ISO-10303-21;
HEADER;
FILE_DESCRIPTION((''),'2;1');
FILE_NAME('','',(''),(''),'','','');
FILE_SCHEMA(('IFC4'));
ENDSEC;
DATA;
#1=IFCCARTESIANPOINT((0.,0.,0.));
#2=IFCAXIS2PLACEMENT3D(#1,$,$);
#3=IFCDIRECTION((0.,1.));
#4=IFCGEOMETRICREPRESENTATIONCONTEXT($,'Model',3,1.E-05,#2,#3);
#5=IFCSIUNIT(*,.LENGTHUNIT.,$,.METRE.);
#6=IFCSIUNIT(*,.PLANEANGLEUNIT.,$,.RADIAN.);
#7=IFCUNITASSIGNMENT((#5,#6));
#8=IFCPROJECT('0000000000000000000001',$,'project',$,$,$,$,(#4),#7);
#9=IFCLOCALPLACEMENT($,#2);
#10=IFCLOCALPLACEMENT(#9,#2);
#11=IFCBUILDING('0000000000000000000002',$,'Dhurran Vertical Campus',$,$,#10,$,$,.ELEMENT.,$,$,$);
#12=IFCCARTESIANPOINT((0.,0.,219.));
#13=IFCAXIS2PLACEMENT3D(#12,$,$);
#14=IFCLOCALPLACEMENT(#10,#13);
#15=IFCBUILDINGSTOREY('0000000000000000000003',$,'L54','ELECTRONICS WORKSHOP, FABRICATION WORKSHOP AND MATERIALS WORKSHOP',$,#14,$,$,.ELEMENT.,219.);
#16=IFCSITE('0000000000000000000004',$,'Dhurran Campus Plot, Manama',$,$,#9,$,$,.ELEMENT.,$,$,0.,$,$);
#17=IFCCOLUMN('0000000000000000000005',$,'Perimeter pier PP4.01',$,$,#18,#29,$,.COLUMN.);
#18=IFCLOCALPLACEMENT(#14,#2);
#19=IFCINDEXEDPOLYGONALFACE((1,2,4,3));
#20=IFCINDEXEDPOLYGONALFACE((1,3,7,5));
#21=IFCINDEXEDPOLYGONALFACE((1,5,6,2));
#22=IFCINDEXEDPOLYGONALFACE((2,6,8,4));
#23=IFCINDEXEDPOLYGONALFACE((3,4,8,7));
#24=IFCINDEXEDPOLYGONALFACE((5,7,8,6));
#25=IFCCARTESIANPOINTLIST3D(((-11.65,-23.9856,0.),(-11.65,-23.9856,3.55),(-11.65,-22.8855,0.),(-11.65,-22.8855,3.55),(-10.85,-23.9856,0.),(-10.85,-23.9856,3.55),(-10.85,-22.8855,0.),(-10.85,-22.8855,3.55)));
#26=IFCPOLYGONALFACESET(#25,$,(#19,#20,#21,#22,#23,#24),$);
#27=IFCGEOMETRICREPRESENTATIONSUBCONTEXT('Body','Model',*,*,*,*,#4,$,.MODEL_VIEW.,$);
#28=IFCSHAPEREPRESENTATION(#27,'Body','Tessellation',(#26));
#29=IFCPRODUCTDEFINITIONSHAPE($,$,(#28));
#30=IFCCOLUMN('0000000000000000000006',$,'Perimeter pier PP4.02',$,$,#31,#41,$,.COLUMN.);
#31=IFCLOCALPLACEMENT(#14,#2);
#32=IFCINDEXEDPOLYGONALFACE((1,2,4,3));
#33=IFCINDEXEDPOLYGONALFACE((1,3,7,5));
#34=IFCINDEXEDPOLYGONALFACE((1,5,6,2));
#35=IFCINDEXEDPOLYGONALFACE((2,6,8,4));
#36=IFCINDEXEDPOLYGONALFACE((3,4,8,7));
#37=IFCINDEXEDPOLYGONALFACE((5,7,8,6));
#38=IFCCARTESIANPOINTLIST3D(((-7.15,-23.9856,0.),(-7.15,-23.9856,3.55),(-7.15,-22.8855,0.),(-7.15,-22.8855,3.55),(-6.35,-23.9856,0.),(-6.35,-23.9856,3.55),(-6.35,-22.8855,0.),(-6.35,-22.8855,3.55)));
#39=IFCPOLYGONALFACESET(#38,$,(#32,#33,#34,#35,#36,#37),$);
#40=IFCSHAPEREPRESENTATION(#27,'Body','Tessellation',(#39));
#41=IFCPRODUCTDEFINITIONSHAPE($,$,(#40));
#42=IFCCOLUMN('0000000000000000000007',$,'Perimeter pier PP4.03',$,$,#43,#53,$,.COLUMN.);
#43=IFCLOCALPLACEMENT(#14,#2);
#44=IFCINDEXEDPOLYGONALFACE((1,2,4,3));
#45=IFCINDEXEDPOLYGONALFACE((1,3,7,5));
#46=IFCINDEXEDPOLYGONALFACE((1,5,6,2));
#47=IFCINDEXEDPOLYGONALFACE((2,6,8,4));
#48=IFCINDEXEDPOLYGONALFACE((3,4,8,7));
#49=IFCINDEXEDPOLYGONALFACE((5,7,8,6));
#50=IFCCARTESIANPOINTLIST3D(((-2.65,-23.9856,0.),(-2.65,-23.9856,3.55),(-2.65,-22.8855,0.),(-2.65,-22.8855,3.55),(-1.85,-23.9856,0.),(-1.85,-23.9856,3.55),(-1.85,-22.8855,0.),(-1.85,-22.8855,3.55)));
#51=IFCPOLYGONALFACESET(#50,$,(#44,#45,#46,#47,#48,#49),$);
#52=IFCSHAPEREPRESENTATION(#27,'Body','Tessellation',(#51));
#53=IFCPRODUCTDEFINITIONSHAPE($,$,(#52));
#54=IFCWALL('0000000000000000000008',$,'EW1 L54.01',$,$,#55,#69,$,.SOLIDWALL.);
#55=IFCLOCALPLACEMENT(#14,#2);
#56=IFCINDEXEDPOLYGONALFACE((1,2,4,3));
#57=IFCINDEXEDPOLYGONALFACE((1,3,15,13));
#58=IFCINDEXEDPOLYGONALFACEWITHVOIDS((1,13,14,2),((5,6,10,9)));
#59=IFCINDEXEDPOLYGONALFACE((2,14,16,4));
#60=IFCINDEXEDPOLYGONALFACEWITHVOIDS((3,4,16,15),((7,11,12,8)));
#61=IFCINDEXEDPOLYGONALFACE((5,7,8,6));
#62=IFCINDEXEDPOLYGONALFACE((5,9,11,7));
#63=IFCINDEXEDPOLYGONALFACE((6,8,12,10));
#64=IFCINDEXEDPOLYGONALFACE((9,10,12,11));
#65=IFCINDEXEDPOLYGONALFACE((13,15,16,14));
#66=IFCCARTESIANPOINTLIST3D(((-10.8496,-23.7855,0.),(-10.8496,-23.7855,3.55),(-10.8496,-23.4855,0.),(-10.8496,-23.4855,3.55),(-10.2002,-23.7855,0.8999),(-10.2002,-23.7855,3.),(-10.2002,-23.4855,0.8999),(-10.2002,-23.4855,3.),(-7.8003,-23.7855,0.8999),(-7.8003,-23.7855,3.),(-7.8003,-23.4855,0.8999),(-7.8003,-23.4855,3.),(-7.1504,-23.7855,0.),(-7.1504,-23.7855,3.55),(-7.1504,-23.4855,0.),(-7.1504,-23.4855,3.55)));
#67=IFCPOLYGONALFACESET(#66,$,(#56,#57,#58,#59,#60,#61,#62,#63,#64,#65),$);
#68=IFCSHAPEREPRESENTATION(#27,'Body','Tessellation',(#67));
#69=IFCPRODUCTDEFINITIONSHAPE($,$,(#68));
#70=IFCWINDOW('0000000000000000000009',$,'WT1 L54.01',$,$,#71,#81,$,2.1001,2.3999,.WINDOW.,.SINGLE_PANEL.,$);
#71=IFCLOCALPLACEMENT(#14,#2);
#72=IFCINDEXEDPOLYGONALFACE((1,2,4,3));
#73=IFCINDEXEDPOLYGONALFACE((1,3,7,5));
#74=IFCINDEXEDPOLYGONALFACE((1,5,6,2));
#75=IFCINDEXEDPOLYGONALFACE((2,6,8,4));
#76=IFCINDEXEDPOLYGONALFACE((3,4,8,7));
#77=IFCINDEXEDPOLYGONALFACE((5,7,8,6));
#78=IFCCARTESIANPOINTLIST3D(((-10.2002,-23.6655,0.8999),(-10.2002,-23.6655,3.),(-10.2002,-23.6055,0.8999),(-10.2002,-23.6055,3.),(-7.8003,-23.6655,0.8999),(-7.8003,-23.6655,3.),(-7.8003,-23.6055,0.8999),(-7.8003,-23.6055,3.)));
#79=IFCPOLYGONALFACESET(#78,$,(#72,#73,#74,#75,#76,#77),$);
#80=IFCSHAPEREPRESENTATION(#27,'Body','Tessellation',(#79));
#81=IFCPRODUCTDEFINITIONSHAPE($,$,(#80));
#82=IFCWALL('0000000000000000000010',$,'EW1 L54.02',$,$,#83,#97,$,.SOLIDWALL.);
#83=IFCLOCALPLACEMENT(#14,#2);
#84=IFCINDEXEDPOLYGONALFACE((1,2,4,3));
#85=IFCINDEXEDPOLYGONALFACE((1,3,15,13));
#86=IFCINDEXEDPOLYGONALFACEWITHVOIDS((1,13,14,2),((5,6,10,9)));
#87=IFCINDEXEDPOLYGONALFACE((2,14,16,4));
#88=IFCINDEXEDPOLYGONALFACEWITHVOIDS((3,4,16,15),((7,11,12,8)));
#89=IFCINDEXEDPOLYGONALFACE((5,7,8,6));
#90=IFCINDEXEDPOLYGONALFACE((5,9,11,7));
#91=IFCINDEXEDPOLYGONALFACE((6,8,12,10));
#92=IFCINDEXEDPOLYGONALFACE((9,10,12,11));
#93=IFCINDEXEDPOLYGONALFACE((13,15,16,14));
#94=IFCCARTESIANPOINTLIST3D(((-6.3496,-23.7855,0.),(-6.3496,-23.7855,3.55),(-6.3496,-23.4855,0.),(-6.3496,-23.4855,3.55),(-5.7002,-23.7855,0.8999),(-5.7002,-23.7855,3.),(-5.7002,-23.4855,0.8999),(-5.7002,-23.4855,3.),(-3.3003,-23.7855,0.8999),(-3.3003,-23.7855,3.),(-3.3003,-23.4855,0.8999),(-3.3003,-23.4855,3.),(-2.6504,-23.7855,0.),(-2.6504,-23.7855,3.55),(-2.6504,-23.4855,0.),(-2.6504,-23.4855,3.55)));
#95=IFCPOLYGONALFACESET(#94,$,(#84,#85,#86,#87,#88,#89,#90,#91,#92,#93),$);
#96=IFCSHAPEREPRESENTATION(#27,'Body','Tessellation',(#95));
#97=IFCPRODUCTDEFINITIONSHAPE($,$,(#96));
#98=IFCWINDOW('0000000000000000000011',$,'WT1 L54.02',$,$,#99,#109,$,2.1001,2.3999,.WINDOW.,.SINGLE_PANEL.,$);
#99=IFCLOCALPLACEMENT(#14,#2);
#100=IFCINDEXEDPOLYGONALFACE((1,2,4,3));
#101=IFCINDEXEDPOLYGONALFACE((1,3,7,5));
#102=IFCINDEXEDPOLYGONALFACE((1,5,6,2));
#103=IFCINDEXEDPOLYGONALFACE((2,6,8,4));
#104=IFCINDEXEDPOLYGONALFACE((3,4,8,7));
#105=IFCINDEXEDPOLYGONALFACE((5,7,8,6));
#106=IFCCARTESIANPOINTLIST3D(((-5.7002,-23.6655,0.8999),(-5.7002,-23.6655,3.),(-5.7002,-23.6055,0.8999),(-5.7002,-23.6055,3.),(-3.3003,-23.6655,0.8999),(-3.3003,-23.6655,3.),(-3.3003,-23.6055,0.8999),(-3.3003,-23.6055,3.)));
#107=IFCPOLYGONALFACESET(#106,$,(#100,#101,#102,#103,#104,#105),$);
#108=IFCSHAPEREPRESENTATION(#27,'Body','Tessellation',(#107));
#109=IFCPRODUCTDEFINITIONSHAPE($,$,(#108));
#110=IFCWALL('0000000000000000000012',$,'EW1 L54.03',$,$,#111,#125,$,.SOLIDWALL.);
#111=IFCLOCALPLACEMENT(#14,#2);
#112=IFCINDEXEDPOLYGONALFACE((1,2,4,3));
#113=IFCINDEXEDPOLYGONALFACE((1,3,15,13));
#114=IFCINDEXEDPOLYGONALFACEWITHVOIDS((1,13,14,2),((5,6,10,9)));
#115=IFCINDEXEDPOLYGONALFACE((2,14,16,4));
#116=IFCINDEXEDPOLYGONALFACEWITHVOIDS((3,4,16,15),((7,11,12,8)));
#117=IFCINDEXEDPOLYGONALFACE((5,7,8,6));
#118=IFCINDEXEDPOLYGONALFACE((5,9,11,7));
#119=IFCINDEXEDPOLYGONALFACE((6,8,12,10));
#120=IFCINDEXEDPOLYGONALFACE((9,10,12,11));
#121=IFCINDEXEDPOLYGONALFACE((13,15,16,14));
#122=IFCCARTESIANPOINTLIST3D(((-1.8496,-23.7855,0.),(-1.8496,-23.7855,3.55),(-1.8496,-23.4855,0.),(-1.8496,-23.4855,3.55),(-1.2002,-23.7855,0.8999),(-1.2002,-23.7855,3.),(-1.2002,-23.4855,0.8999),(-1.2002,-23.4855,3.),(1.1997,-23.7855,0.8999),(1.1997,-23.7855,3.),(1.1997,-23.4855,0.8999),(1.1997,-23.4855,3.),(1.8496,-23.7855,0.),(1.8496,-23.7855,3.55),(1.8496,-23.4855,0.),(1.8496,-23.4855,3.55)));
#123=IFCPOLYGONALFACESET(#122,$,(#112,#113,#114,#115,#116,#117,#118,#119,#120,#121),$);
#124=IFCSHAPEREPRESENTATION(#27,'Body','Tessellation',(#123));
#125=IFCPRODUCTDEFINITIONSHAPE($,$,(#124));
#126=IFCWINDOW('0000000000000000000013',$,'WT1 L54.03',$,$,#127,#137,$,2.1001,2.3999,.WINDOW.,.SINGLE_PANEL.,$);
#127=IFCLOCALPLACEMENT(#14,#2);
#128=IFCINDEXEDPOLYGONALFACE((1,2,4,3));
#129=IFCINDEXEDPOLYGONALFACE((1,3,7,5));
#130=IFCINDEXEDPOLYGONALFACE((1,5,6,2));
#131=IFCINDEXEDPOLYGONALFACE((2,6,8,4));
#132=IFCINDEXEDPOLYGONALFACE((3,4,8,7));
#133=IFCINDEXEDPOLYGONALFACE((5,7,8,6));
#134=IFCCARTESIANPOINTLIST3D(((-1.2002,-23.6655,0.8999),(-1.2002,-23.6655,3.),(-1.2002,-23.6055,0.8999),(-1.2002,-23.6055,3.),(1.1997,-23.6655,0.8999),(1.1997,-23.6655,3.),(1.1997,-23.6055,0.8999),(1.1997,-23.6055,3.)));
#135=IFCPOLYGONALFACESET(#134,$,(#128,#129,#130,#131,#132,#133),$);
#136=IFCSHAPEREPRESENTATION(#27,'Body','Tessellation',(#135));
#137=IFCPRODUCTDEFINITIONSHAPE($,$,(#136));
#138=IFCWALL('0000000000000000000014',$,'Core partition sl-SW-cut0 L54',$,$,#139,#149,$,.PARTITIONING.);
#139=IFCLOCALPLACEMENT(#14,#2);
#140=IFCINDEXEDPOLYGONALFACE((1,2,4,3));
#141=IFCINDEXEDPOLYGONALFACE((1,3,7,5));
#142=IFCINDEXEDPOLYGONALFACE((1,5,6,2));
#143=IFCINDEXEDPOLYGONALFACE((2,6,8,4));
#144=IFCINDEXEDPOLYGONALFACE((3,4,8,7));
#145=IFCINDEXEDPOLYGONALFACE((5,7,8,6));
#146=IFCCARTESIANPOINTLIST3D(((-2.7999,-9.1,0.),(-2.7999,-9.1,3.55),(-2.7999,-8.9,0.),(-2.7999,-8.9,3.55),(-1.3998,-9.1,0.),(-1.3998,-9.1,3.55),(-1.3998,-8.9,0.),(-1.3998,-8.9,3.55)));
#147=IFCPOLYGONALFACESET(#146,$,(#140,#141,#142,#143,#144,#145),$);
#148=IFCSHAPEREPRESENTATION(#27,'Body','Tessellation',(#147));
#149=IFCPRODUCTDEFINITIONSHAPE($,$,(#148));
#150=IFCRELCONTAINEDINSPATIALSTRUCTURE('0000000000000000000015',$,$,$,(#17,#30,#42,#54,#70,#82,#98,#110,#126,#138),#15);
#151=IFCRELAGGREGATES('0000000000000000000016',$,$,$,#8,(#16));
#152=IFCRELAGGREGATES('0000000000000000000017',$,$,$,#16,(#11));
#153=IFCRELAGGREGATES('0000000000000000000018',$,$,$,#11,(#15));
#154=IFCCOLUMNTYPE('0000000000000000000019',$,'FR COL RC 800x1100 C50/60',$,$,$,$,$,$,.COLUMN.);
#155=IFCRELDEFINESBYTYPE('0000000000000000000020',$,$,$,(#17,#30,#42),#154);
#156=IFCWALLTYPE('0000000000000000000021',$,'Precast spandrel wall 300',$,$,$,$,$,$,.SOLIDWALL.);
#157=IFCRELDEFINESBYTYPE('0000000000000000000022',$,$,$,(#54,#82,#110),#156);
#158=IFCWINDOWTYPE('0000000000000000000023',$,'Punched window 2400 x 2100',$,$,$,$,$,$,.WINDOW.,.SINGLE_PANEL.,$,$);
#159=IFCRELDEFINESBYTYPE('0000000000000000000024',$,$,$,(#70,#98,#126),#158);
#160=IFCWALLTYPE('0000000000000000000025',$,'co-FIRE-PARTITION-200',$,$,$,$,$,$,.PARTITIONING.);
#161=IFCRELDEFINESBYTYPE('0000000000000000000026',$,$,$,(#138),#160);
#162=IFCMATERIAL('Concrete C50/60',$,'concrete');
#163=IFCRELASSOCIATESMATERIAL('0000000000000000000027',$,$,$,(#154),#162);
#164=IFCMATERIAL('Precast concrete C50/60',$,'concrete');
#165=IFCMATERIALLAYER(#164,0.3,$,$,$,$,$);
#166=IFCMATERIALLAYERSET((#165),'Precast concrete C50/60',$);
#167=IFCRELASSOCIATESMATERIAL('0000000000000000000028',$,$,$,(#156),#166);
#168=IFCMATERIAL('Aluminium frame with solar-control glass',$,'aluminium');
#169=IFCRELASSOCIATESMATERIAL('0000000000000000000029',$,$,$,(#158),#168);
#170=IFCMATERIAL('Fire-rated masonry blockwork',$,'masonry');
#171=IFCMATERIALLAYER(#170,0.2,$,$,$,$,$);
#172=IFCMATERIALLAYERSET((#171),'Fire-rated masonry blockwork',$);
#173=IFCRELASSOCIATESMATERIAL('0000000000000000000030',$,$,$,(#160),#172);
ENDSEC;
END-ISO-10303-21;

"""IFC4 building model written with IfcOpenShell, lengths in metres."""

from ifc_helpers import new_model, si_unit, direction, frame, frame_2d, origin, origin_2d, place, context, subcontext, project, spatial, rectangle, extrude, material, layer, layer_set, material_profile, profile_set, type_object, element, fill, save


model = new_model("IFC4")

# Units and contexts
model_context = context("Model", 3, precision=1e-05, world=origin(), true_north=direction((0.0, 1.0)))
body_context = subcontext(model_context, "Body", "Model", "MODEL_VIEW")
ifc_project = project(units=[si_unit("LENGTHUNIT", "METRE"), si_unit("PLANEANGLEUNIT", "RADIAN")], contexts=[model_context])

# Site, building, storey
site_placement = place(None, origin())
site = spatial("IfcSite", under=ifc_project, at=site_placement, Name="Dhurran Campus Plot, Manama", CompositionType="ELEMENT", RefElevation=0.0)
building_placement = place(site_placement, origin())
building = spatial("IfcBuilding", under=site, at=building_placement, Name="Dhurran Vertical Campus", CompositionType="ELEMENT")
storey_placement = place(building_placement, frame((0.0, 0.0, 219.0)))
storey = spatial("IfcBuildingStorey", under=building, at=storey_placement, Name="L54", Description="ELECTRONICS WORKSHOP, FABRICATION WORKSHOP AND MATERIALS WORKSHOP", CompositionType="ELEMENT", Elevation=219.0)

# Columns
ifc_material_1 = material(Name="Concrete C50/60", Category="concrete")
ifc_material_profile = material_profile(ifc_material_1, rectangle(XDim=0.8, YDim=1.1001, at=origin_2d()), Name="RC 800x1100")
ifc_profile_set = profile_set([ifc_material_profile], Name="Concrete C50/60")
column_type = type_object("IfcColumnType", Name="FR COL RC 800x1100 C50/60", PredefinedType="COLUMN", material=ifc_profile_set)
for number, where, z_axis, x_axis, name in (
    (1, (-11.25, -23.4355, 0.0), (0.0, 0.0, 1.0), (1.0, 0.0, 0.0), "Perimeter pier PP4.01"),
    (2, (-6.75, -23.4355, 0.0), (0.0, 0.0, 1.0), (1.0, 0.0, 0.0), "Perimeter pier PP4.02"),
    (3, (-2.25, -23.4355, 0.0), (0.0, 0.0, 1.0), (1.0, 0.0, 0.0), "Perimeter pier PP4.03"),
):
    element("IfcColumn", number, at=place(storey_placement, frame(where, z_axis=z_axis, x_axis=x_axis)), inside=storey, type_object=column_type, Name=name, PredefinedType="COLUMN", context=body_context, shape_type="SweptSolid", body=[
        extrude(rectangle(XDim=0.8, YDim=1.1001, at=origin_2d()), origin(), (0.0, 0.0, 1.0), 3.55),
    ])

# Walls, openings, windows
ifc_material_2 = material(Name="Precast concrete C50/60", Category="concrete")
ifc_layer_1 = layer(ifc_material_2, 0.3)
ifc_layer_set_1 = layer_set([ifc_layer_1], Name="Precast concrete C50/60")
wall_type_1 = type_object("IfcWallType", Name="Precast spandrel wall 300", PredefinedType="SOLIDWALL", material=ifc_layer_set_1)
wall_1_placement = place(storey_placement, frame((-10.8496, -23.6355, 0.0), z_axis=(0.0, 0.0, 1.0), x_axis=(1.0, 0.0, 0.0)))
wall_1 = element("IfcWall", 4, at=wall_1_placement, inside=storey, type_object=wall_type_1, Name="EW1 L54.01", PredefinedType="SOLIDWALL", context=body_context, shape_type="SweptSolid", body=[
    extrude(rectangle(XDim=3.6992, YDim=0.3, at=frame_2d((1.8496, 0.0))), origin(), (0.0, 0.0, 1.0), 3.55),
])
opening_1_placement = place(wall_1_placement, frame((0.6494, 0.0, 0.8999)))
opening_1 = element("IfcOpeningElement", 5, at=opening_1_placement, cuts=wall_1, PredefinedType="OPENING", context=body_context, shape_type="SweptSolid", body=[
    extrude(rectangle(XDim=2.3999, YDim=2.1001, at=frame_2d((1.2, 1.05))), frame((0.0, 0.1599, 0.0), z_axis=(0.0, -1.0, 0.0), x_axis=(1.0, 0.0, 0.0)), (0.0, 0.0, 1.0), 0.3201),
])
ifc_material_3 = material(Name="Aluminium frame with solar-control glass", Category="aluminium")
window_type = type_object("IfcWindowType", Name="Punched window 2400 x 2100", PartitioningType="SINGLE_PANEL", PredefinedType="WINDOW", material=ifc_material_3)
window_1_placement = place(opening_1_placement, origin())
window_1 = element("IfcWindow", 6, at=window_1_placement, inside=storey, type_object=window_type, Name="WT1 L54.01", OverallHeight=2.1001, OverallWidth=2.3999, PartitioningType="SINGLE_PANEL", PredefinedType="WINDOW", context=body_context, shape_type="SweptSolid", body=[
    extrude(rectangle(XDim=2.3999, YDim=2.1001, at=frame_2d((1.2, 1.05))), frame((0.0, 0.03, 0.0), z_axis=(0.0, -1.0, 0.0), x_axis=(1.0, 0.0, 0.0)), (0.0, 0.0, 1.0), 0.0601),
])
fill(opening_1, window_1)
wall_2_placement = place(storey_placement, frame((-6.3496, -23.6355, 0.0), z_axis=(0.0, 0.0, 1.0), x_axis=(1.0, 0.0, 0.0)))
wall_2 = element("IfcWall", 7, at=wall_2_placement, inside=storey, type_object=wall_type_1, Name="EW1 L54.02", PredefinedType="SOLIDWALL", context=body_context, shape_type="SweptSolid", body=[
    extrude(rectangle(XDim=3.6992, YDim=0.3, at=frame_2d((1.8496, 0.0))), origin(), (0.0, 0.0, 1.0), 3.55),
])
opening_2_placement = place(wall_2_placement, frame((0.6494, 0.0, 0.8999)))
opening_2 = element("IfcOpeningElement", 8, at=opening_2_placement, cuts=wall_2, PredefinedType="OPENING", context=body_context, shape_type="SweptSolid", body=[
    extrude(rectangle(XDim=2.3999, YDim=2.1001, at=frame_2d((1.2, 1.05))), frame((0.0, 0.1599, 0.0), z_axis=(0.0, -1.0, 0.0), x_axis=(1.0, 0.0, 0.0)), (0.0, 0.0, 1.0), 0.3201),
])
window_2_placement = place(opening_2_placement, origin())
window_2 = element("IfcWindow", 9, at=window_2_placement, inside=storey, type_object=window_type, Name="WT1 L54.02", OverallHeight=2.1001, OverallWidth=2.3999, PartitioningType="SINGLE_PANEL", PredefinedType="WINDOW", context=body_context, shape_type="SweptSolid", body=[
    extrude(rectangle(XDim=2.3999, YDim=2.1001, at=frame_2d((1.2, 1.05))), frame((0.0, 0.03, 0.0), z_axis=(0.0, -1.0, 0.0), x_axis=(1.0, 0.0, 0.0)), (0.0, 0.0, 1.0), 0.0601),
])
fill(opening_2, window_2)
wall_3_placement = place(storey_placement, frame((-1.8496, -23.6355, 0.0), z_axis=(0.0, 0.0, 1.0), x_axis=(1.0, 0.0, 0.0)))
wall_3 = element("IfcWall", 10, at=wall_3_placement, inside=storey, type_object=wall_type_1, Name="EW1 L54.03", PredefinedType="SOLIDWALL", context=body_context, shape_type="SweptSolid", body=[
    extrude(rectangle(XDim=3.6992, YDim=0.3, at=frame_2d((1.8496, 0.0))), origin(), (0.0, 0.0, 1.0), 3.55),
])
opening_3_placement = place(wall_3_placement, frame((0.6494, 0.0, 0.8999)))
opening_3 = element("IfcOpeningElement", 11, at=opening_3_placement, cuts=wall_3, PredefinedType="OPENING", context=body_context, shape_type="SweptSolid", body=[
    extrude(rectangle(XDim=2.3999, YDim=2.1001, at=frame_2d((1.2, 1.05))), frame((0.0, 0.1599, 0.0), z_axis=(0.0, -1.0, 0.0), x_axis=(1.0, 0.0, 0.0)), (0.0, 0.0, 1.0), 0.3201),
])
window_3_placement = place(opening_3_placement, origin())
window_3 = element("IfcWindow", 12, at=window_3_placement, inside=storey, type_object=window_type, Name="WT1 L54.03", OverallHeight=2.1001, OverallWidth=2.3999, PartitioningType="SINGLE_PANEL", PredefinedType="WINDOW", context=body_context, shape_type="SweptSolid", body=[
    extrude(rectangle(XDim=2.3999, YDim=2.1001, at=frame_2d((1.2, 1.05))), frame((0.0, 0.03, 0.0), z_axis=(0.0, -1.0, 0.0), x_axis=(1.0, 0.0, 0.0)), (0.0, 0.0, 1.0), 0.0601),
])
fill(opening_3, window_3)

# Wall
ifc_material_4 = material(Name="Fire-rated masonry blockwork", Category="masonry")
ifc_layer_2 = layer(ifc_material_4, 0.2)
ifc_layer_set_2 = layer_set([ifc_layer_2], Name="Fire-rated masonry blockwork")
wall_type_2 = type_object("IfcWallType", Name="co-FIRE-PARTITION-200", PredefinedType="PARTITIONING", material=ifc_layer_set_2)
wall_4_placement = place(storey_placement, frame((-2.8, -9.0, 0.0), z_axis=(0.0, 0.0, 1.0), x_axis=(1.0, 0.0, 0.0)))
element("IfcWall", 13, at=wall_4_placement, inside=storey, type_object=wall_type_2, Name="Core partition sl-SW-cut0 L54", PredefinedType="PARTITIONING", context=body_context, shape_type="SweptSolid", body=[
    extrude(rectangle(XDim=1.4001, YDim=0.2, at=frame_2d((0.7002, 0.0))), origin(), (0.0, 0.0, 1.0), 3.55),
])

save(model, "model.ifc")
